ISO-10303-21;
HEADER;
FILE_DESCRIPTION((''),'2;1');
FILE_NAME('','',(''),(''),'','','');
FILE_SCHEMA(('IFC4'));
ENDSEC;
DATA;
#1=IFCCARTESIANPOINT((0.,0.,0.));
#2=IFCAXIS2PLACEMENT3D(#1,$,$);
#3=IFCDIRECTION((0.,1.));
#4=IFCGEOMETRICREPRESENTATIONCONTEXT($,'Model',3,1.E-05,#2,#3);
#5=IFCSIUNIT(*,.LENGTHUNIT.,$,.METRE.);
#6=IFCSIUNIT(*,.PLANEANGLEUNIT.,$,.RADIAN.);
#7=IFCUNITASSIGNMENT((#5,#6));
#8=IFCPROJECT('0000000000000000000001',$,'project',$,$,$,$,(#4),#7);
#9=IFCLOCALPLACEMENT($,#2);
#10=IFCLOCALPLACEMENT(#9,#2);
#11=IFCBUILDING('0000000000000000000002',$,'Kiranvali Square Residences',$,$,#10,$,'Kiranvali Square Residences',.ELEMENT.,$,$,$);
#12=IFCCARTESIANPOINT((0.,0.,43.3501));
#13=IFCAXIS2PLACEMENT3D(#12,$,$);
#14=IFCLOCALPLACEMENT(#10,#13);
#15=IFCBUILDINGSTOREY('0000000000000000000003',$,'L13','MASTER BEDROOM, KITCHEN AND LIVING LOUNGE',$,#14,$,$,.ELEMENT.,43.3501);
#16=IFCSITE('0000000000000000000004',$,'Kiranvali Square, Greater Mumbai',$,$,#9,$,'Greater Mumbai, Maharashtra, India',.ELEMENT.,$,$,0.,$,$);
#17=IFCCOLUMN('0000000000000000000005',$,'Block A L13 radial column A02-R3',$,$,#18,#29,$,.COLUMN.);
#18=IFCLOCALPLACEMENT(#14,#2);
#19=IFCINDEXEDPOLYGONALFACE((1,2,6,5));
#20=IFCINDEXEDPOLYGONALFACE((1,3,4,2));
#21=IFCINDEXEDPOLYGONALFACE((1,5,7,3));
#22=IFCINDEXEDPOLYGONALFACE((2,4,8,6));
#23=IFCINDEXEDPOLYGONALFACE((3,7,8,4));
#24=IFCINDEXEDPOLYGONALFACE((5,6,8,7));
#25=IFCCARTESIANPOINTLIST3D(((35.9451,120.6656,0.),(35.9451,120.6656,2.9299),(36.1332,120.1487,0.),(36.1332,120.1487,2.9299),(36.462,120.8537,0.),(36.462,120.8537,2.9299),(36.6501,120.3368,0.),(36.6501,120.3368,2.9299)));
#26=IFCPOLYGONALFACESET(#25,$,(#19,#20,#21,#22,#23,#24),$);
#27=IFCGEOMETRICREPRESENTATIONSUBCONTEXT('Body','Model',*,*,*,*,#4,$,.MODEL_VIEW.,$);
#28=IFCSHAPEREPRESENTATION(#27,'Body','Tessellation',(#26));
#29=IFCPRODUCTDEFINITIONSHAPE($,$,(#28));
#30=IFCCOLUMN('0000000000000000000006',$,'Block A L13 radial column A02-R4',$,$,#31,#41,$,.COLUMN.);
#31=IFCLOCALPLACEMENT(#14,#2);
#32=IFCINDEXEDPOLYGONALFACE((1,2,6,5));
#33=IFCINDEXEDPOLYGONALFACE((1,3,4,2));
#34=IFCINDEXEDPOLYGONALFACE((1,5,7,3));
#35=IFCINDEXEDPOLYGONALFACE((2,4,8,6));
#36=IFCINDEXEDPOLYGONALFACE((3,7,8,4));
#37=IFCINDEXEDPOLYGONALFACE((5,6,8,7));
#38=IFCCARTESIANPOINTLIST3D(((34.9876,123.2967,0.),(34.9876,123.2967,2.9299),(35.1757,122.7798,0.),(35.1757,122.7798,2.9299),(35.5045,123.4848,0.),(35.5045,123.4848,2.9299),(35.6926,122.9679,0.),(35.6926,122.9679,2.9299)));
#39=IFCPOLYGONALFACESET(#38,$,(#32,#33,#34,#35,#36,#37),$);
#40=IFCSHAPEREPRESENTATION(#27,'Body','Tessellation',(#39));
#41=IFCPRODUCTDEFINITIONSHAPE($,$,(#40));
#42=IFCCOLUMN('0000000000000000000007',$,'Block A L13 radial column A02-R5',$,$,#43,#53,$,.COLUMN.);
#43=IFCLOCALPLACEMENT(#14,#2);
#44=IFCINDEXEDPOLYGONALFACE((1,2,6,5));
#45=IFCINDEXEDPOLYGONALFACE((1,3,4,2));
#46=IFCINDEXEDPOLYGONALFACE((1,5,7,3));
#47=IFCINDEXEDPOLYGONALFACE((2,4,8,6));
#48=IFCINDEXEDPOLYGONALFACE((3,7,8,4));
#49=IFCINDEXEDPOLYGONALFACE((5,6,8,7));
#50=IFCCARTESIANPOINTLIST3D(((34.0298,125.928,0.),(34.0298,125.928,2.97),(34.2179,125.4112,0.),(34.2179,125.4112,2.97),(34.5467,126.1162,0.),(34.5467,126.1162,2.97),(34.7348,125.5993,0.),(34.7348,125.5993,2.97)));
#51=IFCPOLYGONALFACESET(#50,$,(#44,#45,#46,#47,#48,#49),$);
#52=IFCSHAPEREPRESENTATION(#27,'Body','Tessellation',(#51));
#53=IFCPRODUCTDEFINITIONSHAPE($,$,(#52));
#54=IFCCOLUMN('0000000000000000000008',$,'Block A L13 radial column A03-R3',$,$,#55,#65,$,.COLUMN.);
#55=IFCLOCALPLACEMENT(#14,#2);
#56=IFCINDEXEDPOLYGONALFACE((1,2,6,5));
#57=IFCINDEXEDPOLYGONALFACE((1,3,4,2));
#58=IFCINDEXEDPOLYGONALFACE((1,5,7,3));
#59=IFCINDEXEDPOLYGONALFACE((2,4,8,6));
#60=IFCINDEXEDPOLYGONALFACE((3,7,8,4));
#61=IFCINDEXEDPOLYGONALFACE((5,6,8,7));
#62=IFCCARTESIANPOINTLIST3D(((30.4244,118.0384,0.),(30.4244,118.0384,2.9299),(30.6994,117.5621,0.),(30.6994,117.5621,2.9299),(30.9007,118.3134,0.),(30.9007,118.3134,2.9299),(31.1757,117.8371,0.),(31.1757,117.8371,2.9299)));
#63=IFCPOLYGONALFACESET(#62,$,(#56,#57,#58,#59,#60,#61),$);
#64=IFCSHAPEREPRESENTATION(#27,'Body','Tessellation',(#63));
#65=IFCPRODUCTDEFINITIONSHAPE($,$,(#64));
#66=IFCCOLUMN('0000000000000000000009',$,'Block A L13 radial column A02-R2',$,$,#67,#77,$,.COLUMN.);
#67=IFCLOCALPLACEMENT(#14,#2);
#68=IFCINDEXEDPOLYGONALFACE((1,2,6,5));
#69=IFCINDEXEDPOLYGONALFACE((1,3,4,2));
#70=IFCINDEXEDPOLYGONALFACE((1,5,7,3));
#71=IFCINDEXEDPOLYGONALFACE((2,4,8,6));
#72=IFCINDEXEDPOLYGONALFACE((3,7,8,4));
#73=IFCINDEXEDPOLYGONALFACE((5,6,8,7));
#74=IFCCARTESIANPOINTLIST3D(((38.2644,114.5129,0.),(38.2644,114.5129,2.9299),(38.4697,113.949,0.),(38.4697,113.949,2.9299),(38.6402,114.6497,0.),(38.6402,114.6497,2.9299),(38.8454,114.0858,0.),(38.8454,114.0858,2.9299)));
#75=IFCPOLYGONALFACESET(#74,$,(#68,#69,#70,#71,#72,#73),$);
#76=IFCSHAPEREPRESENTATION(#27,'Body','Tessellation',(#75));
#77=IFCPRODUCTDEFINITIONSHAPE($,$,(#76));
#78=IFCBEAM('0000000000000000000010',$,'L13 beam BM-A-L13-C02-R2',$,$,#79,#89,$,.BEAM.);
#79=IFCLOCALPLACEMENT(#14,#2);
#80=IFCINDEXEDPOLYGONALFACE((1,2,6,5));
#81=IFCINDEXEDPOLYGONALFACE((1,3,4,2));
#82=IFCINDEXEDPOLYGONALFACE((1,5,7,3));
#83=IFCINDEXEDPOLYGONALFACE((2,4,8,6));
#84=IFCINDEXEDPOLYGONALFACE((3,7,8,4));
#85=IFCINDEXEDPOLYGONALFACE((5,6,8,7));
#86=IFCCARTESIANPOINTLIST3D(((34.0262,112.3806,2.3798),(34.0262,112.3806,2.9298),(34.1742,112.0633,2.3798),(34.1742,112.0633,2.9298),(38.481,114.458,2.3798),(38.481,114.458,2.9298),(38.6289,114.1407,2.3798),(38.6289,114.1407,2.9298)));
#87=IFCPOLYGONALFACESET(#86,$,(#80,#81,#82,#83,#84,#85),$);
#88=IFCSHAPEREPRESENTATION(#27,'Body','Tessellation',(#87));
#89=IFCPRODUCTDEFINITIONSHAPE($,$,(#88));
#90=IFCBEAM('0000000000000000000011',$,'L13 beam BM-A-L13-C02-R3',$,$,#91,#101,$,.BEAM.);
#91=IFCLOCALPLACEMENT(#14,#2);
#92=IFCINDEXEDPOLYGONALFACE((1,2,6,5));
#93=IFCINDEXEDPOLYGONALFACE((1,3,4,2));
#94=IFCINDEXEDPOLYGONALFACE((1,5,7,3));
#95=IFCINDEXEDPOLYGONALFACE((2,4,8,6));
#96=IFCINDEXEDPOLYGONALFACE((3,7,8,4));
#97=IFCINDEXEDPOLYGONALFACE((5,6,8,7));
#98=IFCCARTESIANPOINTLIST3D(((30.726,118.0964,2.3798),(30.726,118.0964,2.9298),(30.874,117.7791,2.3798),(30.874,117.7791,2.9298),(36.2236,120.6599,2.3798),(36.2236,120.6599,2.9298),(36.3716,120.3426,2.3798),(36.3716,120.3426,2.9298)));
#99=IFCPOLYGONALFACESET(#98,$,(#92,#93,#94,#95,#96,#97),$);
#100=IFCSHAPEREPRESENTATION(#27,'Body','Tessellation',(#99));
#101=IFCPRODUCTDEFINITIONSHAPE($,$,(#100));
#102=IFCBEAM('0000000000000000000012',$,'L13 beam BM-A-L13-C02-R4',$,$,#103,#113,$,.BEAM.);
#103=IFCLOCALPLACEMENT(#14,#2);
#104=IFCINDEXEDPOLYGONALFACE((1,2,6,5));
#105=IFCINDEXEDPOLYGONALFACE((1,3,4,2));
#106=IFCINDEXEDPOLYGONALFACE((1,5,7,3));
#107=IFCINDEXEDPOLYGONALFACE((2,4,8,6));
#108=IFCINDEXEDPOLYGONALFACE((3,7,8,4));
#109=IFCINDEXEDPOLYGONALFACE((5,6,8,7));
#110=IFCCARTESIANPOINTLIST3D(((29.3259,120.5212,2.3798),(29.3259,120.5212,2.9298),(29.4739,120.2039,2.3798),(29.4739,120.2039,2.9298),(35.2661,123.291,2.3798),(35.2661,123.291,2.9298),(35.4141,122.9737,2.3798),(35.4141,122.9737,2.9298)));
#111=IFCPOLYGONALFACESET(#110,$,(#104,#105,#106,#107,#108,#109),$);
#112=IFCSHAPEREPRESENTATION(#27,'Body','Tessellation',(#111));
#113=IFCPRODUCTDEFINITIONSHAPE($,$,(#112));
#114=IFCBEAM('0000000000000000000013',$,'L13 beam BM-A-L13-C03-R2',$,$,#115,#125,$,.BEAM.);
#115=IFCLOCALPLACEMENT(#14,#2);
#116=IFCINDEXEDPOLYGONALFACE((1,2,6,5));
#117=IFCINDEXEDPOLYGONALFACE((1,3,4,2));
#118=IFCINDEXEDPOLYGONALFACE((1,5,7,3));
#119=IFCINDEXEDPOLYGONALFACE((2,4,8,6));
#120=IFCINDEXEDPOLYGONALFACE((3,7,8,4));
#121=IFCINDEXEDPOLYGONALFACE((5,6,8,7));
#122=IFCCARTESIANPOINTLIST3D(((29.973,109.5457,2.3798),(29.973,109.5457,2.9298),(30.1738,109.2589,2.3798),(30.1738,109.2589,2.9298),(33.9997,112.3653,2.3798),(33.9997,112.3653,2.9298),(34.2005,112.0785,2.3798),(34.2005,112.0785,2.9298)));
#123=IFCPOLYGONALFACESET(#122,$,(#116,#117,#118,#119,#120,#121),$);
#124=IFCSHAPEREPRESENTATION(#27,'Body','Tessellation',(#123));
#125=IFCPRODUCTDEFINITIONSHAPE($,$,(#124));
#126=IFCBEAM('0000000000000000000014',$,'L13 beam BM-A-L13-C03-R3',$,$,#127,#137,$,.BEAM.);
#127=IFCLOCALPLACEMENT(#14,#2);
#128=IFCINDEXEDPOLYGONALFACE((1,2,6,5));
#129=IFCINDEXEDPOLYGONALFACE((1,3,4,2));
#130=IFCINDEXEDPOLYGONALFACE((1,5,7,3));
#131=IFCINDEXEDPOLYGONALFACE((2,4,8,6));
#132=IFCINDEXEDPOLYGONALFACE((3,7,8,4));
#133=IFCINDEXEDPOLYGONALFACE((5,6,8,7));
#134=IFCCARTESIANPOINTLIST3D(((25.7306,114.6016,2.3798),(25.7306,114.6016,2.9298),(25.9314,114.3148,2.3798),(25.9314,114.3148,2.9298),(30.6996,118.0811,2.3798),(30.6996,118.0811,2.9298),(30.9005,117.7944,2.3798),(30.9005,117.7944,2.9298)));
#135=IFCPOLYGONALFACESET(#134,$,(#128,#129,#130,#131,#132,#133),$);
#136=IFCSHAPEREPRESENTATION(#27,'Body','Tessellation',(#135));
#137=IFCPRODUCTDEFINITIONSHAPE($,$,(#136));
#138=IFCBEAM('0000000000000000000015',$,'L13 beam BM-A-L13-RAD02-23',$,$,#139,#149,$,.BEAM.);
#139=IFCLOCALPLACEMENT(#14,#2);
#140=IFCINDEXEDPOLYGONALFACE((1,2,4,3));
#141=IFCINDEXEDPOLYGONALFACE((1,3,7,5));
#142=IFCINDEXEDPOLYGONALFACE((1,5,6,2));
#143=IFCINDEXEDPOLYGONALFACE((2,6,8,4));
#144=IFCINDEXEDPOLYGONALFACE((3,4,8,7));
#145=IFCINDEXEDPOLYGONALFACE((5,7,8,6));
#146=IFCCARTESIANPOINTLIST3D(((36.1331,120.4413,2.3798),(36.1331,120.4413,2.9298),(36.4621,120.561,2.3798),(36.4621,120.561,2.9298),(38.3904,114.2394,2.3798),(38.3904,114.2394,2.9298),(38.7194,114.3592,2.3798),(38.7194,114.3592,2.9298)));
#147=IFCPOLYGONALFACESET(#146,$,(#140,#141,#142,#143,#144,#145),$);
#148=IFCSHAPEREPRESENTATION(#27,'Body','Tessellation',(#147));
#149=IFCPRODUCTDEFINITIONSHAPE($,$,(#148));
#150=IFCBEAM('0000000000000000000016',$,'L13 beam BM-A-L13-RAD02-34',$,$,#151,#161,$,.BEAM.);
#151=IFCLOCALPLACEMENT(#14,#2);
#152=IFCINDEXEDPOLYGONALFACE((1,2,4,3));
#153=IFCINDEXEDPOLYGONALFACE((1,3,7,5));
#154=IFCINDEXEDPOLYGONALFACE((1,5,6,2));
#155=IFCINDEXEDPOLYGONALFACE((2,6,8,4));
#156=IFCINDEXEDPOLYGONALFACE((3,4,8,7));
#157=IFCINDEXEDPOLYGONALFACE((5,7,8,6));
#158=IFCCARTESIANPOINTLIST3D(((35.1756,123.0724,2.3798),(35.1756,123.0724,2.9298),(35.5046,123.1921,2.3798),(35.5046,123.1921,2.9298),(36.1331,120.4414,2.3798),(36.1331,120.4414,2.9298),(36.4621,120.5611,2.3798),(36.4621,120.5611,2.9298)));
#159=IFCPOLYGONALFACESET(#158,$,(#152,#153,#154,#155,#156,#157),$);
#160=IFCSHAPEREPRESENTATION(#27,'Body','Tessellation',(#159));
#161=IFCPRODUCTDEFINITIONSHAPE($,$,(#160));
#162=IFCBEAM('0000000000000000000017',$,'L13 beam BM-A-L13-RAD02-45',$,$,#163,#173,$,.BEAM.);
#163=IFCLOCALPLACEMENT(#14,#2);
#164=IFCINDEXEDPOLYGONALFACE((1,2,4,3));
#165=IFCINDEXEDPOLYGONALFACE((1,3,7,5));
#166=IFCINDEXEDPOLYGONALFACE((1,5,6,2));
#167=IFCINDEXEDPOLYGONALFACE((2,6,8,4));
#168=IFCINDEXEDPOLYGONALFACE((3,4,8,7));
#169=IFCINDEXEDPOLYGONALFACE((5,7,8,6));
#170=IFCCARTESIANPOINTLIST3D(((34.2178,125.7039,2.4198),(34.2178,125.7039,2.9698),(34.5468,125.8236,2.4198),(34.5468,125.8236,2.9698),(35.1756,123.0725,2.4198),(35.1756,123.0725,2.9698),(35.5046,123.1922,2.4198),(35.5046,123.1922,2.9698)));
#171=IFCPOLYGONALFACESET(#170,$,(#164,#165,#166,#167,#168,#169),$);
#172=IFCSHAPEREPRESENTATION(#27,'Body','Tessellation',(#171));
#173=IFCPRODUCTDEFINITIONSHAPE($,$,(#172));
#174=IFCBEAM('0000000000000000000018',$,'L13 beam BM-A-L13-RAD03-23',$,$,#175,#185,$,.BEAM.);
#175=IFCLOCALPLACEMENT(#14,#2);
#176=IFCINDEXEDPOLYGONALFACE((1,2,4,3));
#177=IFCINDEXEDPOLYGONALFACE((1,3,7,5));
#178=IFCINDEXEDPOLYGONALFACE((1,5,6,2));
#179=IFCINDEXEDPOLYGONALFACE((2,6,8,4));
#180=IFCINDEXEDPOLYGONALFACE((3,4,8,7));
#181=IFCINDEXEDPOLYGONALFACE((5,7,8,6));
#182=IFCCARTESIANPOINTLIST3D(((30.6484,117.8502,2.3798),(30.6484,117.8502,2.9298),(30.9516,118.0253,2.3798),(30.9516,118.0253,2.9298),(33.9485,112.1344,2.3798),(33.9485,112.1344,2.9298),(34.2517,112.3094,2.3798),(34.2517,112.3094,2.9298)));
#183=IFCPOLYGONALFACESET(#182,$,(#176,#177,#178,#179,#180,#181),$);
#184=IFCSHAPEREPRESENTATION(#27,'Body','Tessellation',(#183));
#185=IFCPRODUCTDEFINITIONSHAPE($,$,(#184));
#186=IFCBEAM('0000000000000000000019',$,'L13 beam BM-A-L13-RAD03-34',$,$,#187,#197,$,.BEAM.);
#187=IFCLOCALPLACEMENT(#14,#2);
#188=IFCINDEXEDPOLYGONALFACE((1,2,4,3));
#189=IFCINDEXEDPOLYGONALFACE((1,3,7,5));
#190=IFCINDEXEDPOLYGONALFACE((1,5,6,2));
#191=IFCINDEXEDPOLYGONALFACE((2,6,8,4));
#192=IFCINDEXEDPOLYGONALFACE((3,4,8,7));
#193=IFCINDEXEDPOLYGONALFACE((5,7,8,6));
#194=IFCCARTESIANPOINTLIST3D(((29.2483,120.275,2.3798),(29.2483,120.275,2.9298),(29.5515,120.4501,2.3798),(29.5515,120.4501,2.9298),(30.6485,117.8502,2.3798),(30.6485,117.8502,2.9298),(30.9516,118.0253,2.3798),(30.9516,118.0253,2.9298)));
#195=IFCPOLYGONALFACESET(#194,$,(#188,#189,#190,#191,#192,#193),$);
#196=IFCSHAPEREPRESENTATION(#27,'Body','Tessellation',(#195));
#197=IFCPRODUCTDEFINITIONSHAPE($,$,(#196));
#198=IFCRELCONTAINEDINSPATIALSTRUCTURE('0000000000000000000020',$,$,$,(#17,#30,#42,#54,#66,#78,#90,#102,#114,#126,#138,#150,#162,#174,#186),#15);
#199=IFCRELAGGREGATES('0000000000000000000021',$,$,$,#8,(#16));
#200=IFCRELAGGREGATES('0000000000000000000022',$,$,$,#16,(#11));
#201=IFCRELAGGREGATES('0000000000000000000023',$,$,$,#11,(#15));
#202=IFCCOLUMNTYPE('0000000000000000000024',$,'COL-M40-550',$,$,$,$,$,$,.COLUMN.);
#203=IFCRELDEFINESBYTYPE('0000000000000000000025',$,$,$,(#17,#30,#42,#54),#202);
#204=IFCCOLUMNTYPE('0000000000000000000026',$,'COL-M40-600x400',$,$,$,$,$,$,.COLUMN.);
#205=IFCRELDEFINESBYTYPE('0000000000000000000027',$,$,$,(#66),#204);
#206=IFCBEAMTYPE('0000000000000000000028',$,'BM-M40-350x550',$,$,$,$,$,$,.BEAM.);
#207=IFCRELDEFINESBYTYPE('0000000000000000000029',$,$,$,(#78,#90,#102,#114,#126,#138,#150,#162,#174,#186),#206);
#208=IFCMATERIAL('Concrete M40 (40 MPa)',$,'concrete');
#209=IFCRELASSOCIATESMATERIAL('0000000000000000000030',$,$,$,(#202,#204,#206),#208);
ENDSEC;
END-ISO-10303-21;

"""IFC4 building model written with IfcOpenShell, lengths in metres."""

from ifc_helpers import new_model, si_unit, direction, frame, origin, origin_2d, place, context, subcontext, project, spatial, rectangle, extrude, material, material_profile, profile_set, type_object, element, save


model = new_model("IFC4")

# Units and contexts
model_context = context("Model", 3, precision=1e-05, world=origin(), true_north=direction((0.0, 1.0)))
body_context = subcontext(model_context, "Body", "Model", "MODEL_VIEW")
ifc_project = project(units=[si_unit("LENGTHUNIT", "METRE"), si_unit("PLANEANGLEUNIT", "RADIAN")], contexts=[model_context])

# Site, building, storey
site_placement = place(None, origin())
site = spatial("IfcSite", under=ifc_project, at=site_placement, Name="Kiranvali Square, Greater Mumbai", LongName="Greater Mumbai, Maharashtra, India", CompositionType="ELEMENT", RefElevation=0.0)
building_placement = place(site_placement, origin())
building = spatial("IfcBuilding", under=site, at=building_placement, Name="Kiranvali Square Residences", LongName="Kiranvali Square Residences", CompositionType="ELEMENT")
storey_placement = place(building_placement, frame((0.0, 0.0, 43.3501)))
storey = spatial("IfcBuildingStorey", under=building, at=storey_placement, Name="L13", Description="MASTER BEDROOM, KITCHEN AND LIVING LOUNGE", CompositionType="ELEMENT", Elevation=43.3501)

# Columns
ifc_material_1 = material(Name="Concrete M40 (40 MPa)", Category="concrete")
ifc_material_profile_1 = material_profile(ifc_material_1, rectangle(XDim=0.55, YDim=0.55, at=origin_2d()), Name="RC 550x550")
ifc_profile_set_1 = profile_set([ifc_material_profile_1], Name="Concrete M40 (40 MPa)")
column_type_1 = type_object("IfcColumnType", Name="COL-M40-550", PredefinedType="COLUMN", material=ifc_profile_set_1)
for number, where, z_axis, x_axis, name in (
    (1, (36.2976, 120.5012, 0.0), (0.0, 0.0, 1.0), (0.939693, 0.34202, 0.0), "Block A L13 radial column A02-R3"),
    (2, (35.3401, 123.1323, 0.0), (0.0, 0.0, 1.0), (0.939693, 0.34202, 0.0), "Block A L13 radial column A02-R4"),
):
    element("IfcColumn", number, at=place(storey_placement, frame(where, z_axis=z_axis, x_axis=x_axis)), inside=storey, type_object=column_type_1, Name=name, PredefinedType="COLUMN", context=body_context, shape_type="SweptSolid", body=[
        extrude(rectangle(XDim=0.55, YDim=0.55, at=origin_2d()), origin(), (0.0, 0.0, 1.0), 2.9299),
    ])
column_1_placement = place(storey_placement, frame((34.3823, 125.7637, 0.0), z_axis=(0.0, 0.0, 1.0), x_axis=(0.939693, 0.34202, 0.0)))
element("IfcColumn", 3, at=column_1_placement, inside=storey, type_object=column_type_1, Name="Block A L13 radial column A02-R5", PredefinedType="COLUMN", context=body_context, shape_type="SweptSolid", body=[
    extrude(rectangle(XDim=0.55, YDim=0.55, at=origin_2d()), origin(), (0.0, 0.0, 1.0), 2.97),
])
column_2_placement = place(storey_placement, frame((30.8, 117.9377, 0.0), z_axis=(0.0, 0.0, 1.0), x_axis=(0.866025, 0.5, 0.0)))
element("IfcColumn", 4, at=column_2_placement, inside=storey, type_object=column_type_1, Name="Block A L13 radial column A03-R3", PredefinedType="COLUMN", context=body_context, shape_type="SweptSolid", body=[
    extrude(rectangle(XDim=0.55, YDim=0.55, at=origin_2d()), origin(), (0.0, 0.0, 1.0), 2.9299),
])
ifc_material_profile_2 = material_profile(ifc_material_1, rectangle(XDim=0.3999, YDim=0.6001, at=origin_2d()), Name="RC 600x400")
ifc_profile_set_2 = profile_set([ifc_material_profile_2], Name="Concrete M40 (40 MPa)")
column_type_2 = type_object("IfcColumnType", Name="COL-M40-600x400", PredefinedType="COLUMN", material=ifc_profile_set_2)
column_3_placement = place(storey_placement, frame((38.5549, 114.2993, 0.0), z_axis=(0.0, 0.0, 1.0), x_axis=(0.939693, 0.34202, 0.0)))
element("IfcColumn", 5, at=column_3_placement, inside=storey, type_object=column_type_2, Name="Block A L13 radial column A02-R2", PredefinedType="COLUMN", context=body_context, shape_type="SweptSolid", body=[
    extrude(rectangle(XDim=0.3999, YDim=0.6001, at=origin_2d()), origin(), (0.0, 0.0, 1.0), 2.9299),
])

# Beams
ifc_material_profile_3 = material_profile(ifc_material_1, rectangle(XDim=0.3501, YDim=0.55, at=origin_2d()), Name="RC 350x550")
ifc_profile_set_3 = profile_set([ifc_material_profile_3], Name="Concrete M40 (40 MPa)")
beam_type_1 = type_object("IfcBeamType", Name="BM-M40-350x550", PredefinedType="BEAM", material=ifc_profile_set_3)
beam_1_placement = place(storey_placement, frame((38.5549, 114.2993, 2.6548), z_axis=(-0.906302, -0.42263, 0.0), x_axis=(0.42263, -0.906302, 0.0)))
element("IfcBeam", 6, at=beam_1_placement, inside=storey, type_object=beam_type_1, Name="L13 beam BM-A-L13-C02-R2", PredefinedType="BEAM", context=body_context, shape_type="SweptSolid", body=[
    extrude(rectangle(XDim=0.3501, YDim=0.55, at=origin_2d()), origin(), (0.0, 0.0, 1.0), 4.9153),
])
beam_2_placement = place(storey_placement, frame((36.2976, 120.5012, 2.6548), z_axis=(-0.906313, -0.422608, 0.0), x_axis=(0.422608, -0.906313, 0.0)))
element("IfcBeam", 7, at=beam_2_placement, inside=storey, type_object=beam_type_1, Name="L13 beam BM-A-L13-C02-R3", PredefinedType="BEAM", context=body_context, shape_type="SweptSolid", body=[
    extrude(rectangle(XDim=0.3501, YDim=0.55, at=origin_2d()), origin(), (0.0, 0.0, 1.0), 6.0659),
])
beam_3_placement = place(storey_placement, frame((35.3401, 123.1323, 2.6548), z_axis=(-0.906318, -0.422596, 0.0), x_axis=(0.422596, -0.906318, 0.0)))
element("IfcBeam", 8, at=beam_3_placement, inside=storey, type_object=beam_type_1, Name="L13 beam BM-A-L13-C02-R4", PredefinedType="BEAM", context=body_context, shape_type="SweptSolid", body=[
    extrude(rectangle(XDim=0.3501, YDim=0.55, at=origin_2d()), origin(), (0.0, 0.0, 1.0), 6.5542),
])
beam_4_placement = place(storey_placement, frame((34.1001, 112.2219, 2.6548), z_axis=(-0.819141, -0.573592, 0.0), x_axis=(0.573592, -0.819141, 0.0)))
element("IfcBeam", 9, at=beam_4_placement, inside=storey, type_object=beam_type_1, Name="L13 beam BM-A-L13-C03-R2", PredefinedType="BEAM", context=body_context, shape_type="SweptSolid", body=[
    extrude(rectangle(XDim=0.3501, YDim=0.55, at=origin_2d()), origin(), (0.0, 0.0, 1.0), 4.9158),
])
beam_5_placement = place(storey_placement, frame((30.8, 117.9377, 2.6548), z_axis=(-0.819139, -0.573595, 0.0), x_axis=(0.573595, -0.819139, 0.0)))
element("IfcBeam", 10, at=beam_5_placement, inside=storey, type_object=beam_type_1, Name="L13 beam BM-A-L13-C03-R3", PredefinedType="BEAM", context=body_context, shape_type="SweptSolid", body=[
    extrude(rectangle(XDim=0.3501, YDim=0.55, at=origin_2d()), origin(), (0.0, 0.0, 1.0), 6.0662),
])
beam_6_placement = place(storey_placement, frame((38.5549, 114.2993, 2.6548), z_axis=(-0.342022, 0.939692, 0.0), x_axis=(-0.939692, -0.342022, 0.0)))
element("IfcBeam", 11, at=beam_6_placement, inside=storey, type_object=beam_type_1, Name="L13 beam BM-A-L13-RAD02-23", PredefinedType="BEAM", context=body_context, shape_type="SweptSolid", body=[
    extrude(rectangle(XDim=0.3501, YDim=0.55, at=origin_2d()), origin(), (0.0, 0.0, 1.0), 6.5999),
])
beam_7_placement = place(storey_placement, frame((36.2976, 120.5012, 2.6548), z_axis=(-0.341981, 0.939707, 0.0), x_axis=(-0.939707, -0.341981, 0.0)))
element("IfcBeam", 12, at=beam_7_placement, inside=storey, type_object=beam_type_1, Name="L13 beam BM-A-L13-RAD02-34", PredefinedType="BEAM", context=body_context, shape_type="SweptSolid", body=[
    extrude(rectangle(XDim=0.3501, YDim=0.55, at=origin_2d()), origin(), (0.0, 0.0, 1.0), 2.7998),
])
beam_8_placement = place(storey_placement, frame((35.3401, 123.1323, 2.6948), z_axis=(-0.34203, 0.939689, 0.0), x_axis=(-0.939689, -0.34203, 0.0)))
element("IfcBeam", 13, at=beam_8_placement, inside=storey, type_object=beam_type_1, Name="L13 beam BM-A-L13-RAD02-45", PredefinedType="BEAM", context=body_context, shape_type="SweptSolid", body=[
    extrude(rectangle(XDim=0.3501, YDim=0.55, at=origin_2d()), origin(), (0.0, 0.0, 1.0), 2.8003),
])
beam_9_placement = place(storey_placement, frame((34.1001, 112.2219, 2.6548), z_axis=(-0.500002, 0.866024, 0.0), x_axis=(-0.866024, -0.500002, 0.0)))
element("IfcBeam", 14, at=beam_9_placement, inside=storey, type_object=beam_type_1, Name="L13 beam BM-A-L13-RAD03-23", PredefinedType="BEAM", context=body_context, shape_type="SweptSolid", body=[
    extrude(rectangle(XDim=0.3501, YDim=0.55, at=origin_2d()), origin(), (0.0, 0.0, 1.0), 6.6001),
])
beam_10_placement = place(storey_placement, frame((30.8, 117.9377, 2.6548), z_axis=(-0.50005, 0.865997, 0.0), x_axis=(-0.865997, -0.50005, 0.0)))
element("IfcBeam", 15, at=beam_10_placement, inside=storey, type_object=beam_type_1, Name="L13 beam BM-A-L13-RAD03-34", PredefinedType="BEAM", context=body_context, shape_type="SweptSolid", body=[
    extrude(rectangle(XDim=0.3501, YDim=0.55, at=origin_2d()), origin(), (0.0, 0.0, 1.0), 2.8),
])

save(model, "model.ifc")
